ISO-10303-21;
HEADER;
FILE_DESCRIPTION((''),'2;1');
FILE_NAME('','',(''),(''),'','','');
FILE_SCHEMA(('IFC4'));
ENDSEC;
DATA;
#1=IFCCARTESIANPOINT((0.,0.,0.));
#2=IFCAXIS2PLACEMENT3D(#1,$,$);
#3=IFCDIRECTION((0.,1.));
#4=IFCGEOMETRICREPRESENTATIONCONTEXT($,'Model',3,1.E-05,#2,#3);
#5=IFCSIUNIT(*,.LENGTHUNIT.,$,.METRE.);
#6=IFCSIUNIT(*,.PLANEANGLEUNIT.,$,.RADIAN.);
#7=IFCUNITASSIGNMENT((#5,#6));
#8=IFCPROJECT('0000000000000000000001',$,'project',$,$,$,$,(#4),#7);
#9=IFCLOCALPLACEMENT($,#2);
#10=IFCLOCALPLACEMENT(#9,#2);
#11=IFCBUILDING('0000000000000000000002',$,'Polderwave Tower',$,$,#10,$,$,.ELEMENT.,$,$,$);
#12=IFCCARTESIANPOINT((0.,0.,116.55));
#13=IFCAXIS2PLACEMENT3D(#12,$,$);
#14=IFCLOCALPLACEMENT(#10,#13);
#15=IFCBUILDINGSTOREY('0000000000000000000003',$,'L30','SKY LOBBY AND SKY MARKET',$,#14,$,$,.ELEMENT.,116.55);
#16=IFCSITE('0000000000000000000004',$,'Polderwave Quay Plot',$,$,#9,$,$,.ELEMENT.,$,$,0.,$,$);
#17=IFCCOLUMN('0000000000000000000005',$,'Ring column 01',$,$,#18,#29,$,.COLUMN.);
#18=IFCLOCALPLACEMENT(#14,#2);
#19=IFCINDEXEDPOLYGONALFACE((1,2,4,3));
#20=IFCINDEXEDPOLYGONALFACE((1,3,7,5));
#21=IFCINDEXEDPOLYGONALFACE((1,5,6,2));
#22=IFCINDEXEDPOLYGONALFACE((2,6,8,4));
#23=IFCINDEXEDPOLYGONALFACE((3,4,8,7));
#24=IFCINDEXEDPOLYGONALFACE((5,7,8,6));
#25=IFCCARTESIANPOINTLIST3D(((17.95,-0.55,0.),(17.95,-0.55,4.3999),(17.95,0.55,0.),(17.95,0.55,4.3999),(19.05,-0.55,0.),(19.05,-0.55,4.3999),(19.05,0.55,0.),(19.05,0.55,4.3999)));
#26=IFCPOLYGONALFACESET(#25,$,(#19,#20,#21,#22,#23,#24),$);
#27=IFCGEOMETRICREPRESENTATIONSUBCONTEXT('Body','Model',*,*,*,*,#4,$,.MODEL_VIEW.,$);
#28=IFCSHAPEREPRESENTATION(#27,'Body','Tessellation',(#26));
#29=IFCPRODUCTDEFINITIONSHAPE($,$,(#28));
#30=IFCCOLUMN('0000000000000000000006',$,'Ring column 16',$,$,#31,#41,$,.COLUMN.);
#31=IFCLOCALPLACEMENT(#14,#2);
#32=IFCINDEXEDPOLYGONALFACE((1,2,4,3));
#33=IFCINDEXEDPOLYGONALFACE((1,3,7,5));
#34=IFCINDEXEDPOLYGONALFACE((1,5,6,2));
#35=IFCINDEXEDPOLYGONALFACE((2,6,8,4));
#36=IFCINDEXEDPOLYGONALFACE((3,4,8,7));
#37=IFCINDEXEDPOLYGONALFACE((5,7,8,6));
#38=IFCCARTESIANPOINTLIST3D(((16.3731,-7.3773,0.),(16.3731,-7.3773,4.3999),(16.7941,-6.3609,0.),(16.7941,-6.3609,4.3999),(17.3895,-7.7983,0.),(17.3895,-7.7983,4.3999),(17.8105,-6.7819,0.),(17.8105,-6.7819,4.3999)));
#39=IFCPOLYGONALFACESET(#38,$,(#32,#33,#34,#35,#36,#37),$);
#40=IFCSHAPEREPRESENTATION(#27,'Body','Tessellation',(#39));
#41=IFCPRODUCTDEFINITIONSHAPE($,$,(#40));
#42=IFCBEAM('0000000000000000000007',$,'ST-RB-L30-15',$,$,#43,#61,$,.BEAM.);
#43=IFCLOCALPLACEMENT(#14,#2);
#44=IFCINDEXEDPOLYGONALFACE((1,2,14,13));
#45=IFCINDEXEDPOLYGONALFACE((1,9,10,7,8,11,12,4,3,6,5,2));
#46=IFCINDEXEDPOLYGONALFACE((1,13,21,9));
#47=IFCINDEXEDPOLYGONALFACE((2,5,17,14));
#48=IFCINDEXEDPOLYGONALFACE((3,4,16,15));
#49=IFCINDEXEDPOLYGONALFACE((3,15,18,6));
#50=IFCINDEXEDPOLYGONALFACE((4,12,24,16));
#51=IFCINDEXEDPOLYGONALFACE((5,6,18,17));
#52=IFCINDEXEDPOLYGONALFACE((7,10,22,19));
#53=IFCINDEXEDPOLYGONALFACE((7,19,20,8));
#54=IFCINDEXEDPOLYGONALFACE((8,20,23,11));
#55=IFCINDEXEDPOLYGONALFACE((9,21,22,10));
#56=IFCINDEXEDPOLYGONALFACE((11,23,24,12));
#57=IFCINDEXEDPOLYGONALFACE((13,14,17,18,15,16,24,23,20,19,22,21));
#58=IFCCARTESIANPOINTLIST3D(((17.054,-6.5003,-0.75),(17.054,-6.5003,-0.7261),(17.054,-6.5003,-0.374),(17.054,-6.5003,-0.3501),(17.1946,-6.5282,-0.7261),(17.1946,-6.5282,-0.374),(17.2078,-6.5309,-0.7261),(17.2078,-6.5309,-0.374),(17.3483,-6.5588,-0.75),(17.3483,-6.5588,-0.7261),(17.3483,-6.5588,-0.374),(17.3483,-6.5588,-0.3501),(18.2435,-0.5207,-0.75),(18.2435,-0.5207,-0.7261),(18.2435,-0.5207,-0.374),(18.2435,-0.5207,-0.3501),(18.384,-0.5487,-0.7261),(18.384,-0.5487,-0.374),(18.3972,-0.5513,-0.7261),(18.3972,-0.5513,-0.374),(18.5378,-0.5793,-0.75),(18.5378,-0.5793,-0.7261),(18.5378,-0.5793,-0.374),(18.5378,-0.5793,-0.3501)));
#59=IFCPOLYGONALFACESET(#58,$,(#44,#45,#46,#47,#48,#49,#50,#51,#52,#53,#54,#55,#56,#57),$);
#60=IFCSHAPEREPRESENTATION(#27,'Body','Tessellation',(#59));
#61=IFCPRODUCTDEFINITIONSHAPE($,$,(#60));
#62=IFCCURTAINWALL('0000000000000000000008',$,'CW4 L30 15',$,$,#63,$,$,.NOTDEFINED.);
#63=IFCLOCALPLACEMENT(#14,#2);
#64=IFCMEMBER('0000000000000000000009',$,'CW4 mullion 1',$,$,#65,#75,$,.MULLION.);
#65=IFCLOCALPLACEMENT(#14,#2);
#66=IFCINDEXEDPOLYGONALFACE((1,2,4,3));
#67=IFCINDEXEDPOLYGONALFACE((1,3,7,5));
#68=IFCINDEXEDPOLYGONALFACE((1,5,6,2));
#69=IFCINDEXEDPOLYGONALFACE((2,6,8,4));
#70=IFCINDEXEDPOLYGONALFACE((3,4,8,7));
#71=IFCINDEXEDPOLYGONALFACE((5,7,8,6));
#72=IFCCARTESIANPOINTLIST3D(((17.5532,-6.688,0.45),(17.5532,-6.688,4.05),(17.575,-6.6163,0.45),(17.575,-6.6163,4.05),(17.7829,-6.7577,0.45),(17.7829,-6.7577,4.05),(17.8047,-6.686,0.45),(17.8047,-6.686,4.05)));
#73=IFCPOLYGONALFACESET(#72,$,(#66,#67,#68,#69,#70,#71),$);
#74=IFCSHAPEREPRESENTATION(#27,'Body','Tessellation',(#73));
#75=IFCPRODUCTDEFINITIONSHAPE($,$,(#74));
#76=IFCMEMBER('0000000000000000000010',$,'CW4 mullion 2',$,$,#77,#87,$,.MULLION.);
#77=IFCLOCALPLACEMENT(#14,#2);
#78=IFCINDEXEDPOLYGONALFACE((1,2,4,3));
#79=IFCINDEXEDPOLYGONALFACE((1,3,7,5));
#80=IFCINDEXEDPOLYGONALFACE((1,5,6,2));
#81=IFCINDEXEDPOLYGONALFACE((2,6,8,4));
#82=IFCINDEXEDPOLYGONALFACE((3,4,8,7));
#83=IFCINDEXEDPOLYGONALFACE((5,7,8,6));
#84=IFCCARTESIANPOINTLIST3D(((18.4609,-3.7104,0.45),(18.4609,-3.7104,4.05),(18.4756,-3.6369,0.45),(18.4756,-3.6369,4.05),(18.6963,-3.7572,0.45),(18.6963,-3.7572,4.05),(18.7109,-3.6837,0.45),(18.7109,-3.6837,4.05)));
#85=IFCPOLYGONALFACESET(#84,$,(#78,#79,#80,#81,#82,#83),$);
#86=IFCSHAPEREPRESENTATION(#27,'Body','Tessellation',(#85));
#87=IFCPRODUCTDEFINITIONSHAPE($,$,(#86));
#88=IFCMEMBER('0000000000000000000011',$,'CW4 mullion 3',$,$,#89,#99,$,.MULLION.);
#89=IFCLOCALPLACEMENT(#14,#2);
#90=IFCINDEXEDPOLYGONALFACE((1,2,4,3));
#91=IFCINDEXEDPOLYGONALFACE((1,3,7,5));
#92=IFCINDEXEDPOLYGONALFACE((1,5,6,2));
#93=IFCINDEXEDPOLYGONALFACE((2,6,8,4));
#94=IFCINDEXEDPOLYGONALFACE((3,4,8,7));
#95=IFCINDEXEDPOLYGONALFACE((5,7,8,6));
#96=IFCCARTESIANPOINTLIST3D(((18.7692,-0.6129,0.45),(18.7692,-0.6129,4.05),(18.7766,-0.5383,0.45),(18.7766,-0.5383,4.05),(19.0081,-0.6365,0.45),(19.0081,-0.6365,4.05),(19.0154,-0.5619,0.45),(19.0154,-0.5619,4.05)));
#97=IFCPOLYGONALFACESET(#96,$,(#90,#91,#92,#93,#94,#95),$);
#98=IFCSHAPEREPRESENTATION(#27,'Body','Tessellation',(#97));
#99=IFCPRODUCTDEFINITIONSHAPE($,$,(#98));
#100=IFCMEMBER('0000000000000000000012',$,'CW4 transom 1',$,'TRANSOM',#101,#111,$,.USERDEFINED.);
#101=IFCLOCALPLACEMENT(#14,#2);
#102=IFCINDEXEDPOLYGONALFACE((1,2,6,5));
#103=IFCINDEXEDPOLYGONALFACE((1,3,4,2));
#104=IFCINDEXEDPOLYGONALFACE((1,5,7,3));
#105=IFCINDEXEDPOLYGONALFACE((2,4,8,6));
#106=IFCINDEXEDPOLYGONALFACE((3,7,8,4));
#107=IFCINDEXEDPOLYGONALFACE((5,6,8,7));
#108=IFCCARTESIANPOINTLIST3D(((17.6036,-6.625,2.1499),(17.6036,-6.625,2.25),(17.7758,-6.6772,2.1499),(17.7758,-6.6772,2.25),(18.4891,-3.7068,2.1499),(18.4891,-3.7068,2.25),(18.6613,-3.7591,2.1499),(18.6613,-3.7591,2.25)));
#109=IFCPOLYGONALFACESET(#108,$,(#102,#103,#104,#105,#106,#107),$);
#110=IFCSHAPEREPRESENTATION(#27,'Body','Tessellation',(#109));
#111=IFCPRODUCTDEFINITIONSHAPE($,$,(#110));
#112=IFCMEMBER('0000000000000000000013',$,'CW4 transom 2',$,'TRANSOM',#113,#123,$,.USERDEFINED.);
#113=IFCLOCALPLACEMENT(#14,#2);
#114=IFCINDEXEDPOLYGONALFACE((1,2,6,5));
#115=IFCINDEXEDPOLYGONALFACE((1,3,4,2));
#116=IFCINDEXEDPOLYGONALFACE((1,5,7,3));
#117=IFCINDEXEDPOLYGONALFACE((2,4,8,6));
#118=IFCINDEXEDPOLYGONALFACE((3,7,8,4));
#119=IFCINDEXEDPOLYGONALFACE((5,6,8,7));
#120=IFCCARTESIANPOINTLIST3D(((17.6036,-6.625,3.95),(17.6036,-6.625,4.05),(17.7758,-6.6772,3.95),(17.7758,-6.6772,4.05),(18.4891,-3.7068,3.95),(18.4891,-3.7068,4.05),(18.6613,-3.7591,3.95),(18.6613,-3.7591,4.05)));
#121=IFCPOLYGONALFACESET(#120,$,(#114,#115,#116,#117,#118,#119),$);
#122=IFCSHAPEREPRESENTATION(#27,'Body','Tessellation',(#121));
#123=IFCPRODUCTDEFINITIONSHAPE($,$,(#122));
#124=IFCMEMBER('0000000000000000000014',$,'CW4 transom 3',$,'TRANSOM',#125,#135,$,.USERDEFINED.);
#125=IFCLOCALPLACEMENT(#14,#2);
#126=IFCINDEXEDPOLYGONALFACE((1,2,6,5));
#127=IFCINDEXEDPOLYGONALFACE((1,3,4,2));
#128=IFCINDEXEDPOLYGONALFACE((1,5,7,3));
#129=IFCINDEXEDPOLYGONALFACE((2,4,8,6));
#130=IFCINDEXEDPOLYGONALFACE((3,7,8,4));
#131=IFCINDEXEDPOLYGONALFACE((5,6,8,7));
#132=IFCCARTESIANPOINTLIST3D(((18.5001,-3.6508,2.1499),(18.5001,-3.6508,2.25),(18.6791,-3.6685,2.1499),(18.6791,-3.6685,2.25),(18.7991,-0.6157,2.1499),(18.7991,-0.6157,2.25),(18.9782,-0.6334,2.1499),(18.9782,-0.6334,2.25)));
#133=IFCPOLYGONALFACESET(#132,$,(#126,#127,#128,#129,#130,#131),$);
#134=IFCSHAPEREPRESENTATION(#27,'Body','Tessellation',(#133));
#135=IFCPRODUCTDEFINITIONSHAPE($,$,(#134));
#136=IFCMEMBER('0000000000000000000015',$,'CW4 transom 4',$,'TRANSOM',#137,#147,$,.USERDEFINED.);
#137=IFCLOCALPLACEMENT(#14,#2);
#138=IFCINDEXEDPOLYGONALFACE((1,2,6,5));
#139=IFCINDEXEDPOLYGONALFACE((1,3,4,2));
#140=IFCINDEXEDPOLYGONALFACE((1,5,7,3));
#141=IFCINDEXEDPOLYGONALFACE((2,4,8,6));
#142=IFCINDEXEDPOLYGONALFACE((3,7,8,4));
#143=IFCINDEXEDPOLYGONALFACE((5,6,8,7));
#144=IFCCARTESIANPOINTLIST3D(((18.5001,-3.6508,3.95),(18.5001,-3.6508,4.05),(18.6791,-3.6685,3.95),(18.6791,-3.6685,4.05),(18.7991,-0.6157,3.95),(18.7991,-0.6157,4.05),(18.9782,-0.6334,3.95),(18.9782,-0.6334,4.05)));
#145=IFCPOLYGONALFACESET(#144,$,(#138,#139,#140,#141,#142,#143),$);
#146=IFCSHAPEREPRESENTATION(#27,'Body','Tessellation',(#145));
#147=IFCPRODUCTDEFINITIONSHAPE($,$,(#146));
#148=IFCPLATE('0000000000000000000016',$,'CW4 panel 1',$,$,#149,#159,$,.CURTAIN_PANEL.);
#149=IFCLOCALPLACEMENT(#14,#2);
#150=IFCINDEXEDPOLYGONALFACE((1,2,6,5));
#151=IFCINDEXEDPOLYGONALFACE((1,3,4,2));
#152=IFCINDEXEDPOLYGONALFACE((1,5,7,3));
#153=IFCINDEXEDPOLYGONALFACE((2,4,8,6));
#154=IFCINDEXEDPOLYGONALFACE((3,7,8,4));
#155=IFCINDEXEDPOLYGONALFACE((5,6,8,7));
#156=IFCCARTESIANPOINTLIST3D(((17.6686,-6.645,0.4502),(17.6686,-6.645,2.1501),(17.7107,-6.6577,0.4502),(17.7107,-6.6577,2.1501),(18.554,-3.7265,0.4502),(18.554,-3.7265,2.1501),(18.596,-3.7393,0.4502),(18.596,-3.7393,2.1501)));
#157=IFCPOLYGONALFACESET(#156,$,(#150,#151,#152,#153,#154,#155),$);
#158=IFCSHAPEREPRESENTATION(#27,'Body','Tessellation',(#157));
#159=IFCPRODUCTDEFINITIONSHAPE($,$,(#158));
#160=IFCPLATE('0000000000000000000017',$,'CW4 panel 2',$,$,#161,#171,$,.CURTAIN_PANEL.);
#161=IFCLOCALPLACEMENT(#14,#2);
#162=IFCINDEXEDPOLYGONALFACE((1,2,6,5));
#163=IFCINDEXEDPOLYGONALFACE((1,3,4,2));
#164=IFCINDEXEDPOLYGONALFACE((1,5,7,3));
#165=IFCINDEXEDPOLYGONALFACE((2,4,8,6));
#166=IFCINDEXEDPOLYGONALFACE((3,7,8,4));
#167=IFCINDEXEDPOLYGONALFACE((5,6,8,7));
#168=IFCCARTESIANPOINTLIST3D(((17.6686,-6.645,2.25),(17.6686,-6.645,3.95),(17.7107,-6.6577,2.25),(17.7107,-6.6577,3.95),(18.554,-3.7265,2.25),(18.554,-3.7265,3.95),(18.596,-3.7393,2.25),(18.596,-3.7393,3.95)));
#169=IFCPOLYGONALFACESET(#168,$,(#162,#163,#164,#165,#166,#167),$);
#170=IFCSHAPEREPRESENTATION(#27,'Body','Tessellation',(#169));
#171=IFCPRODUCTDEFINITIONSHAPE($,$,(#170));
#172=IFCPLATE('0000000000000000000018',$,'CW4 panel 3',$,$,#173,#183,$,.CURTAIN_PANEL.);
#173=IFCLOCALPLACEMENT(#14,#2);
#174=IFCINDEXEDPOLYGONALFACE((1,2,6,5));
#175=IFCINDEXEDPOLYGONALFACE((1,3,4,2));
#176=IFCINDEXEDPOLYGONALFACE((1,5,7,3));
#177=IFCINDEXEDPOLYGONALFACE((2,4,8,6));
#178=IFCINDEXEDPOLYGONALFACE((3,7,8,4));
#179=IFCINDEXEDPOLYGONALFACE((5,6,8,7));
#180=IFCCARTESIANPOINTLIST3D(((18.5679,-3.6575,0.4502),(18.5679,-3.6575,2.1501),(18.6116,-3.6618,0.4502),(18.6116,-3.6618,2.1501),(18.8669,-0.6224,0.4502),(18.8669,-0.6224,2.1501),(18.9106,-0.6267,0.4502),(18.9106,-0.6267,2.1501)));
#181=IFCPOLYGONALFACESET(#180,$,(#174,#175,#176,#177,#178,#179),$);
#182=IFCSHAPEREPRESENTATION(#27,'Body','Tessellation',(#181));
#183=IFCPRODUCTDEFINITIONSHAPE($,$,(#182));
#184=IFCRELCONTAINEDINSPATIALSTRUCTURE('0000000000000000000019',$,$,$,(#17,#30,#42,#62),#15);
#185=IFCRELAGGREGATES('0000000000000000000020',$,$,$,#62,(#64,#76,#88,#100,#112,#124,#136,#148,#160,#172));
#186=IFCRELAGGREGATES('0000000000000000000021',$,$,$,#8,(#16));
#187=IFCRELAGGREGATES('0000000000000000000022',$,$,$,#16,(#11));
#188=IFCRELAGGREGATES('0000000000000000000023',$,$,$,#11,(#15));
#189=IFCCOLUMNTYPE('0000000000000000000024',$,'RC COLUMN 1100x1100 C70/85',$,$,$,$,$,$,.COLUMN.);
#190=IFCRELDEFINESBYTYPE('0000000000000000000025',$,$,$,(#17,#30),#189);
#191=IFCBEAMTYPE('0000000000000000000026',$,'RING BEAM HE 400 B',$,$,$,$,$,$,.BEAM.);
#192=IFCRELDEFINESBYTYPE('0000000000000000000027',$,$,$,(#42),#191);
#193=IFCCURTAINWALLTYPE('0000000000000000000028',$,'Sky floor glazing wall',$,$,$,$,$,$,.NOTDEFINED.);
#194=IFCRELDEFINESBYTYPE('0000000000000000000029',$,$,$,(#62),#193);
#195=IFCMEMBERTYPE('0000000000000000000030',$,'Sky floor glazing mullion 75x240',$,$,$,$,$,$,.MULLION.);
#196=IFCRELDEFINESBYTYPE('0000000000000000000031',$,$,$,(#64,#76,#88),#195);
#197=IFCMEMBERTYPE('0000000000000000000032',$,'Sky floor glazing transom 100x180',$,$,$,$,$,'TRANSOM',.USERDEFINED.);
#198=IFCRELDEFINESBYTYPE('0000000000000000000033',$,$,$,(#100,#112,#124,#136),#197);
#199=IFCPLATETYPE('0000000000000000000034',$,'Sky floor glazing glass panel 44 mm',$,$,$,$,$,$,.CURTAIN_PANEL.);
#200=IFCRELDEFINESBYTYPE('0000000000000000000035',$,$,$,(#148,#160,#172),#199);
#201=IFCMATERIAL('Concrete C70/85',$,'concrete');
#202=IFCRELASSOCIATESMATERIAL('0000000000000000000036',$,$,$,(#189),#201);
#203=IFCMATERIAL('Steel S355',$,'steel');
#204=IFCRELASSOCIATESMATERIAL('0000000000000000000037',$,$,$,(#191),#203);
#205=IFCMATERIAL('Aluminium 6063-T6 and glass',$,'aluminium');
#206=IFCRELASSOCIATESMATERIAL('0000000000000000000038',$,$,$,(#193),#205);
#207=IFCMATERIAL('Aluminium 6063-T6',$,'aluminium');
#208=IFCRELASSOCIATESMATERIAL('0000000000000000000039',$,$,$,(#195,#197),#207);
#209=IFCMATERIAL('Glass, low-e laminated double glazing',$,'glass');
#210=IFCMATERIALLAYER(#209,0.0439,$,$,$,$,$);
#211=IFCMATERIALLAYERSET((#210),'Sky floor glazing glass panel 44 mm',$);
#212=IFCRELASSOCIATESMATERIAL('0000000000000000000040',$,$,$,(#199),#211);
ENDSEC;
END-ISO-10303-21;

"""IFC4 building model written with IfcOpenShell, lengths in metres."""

from ifc_helpers import new_model, si_unit, direction, frame, origin, origin_2d, place, context, subcontext, project, spatial, rectangle, i_section, extrude, material, layer, layer_set, material_profile, profile_set, type_object, element, aggregate, save


model = new_model("IFC4")

# Units and contexts
model_context = context("Model", 3, precision=1e-05, world=origin(), true_north=direction((0.0, 1.0)))
body_context = subcontext(model_context, "Body", "Model", "MODEL_VIEW")
ifc_project = project(units=[si_unit("LENGTHUNIT", "METRE"), si_unit("PLANEANGLEUNIT", "RADIAN")], contexts=[model_context])

# Site, building, storey
site_placement = place(None, origin())
site = spatial("IfcSite", under=ifc_project, at=site_placement, Name="Polderwave Quay Plot", CompositionType="ELEMENT", RefElevation=0.0)
building_placement = place(site_placement, origin())
building = spatial("IfcBuilding", under=site, at=building_placement, Name="Polderwave Tower", CompositionType="ELEMENT")
storey_placement = place(building_placement, frame((0.0, 0.0, 116.55)))
storey = spatial("IfcBuildingStorey", under=building, at=storey_placement, Name="L30", Description="SKY LOBBY AND SKY MARKET", CompositionType="ELEMENT", Elevation=116.55)

# Columns
ifc_material_1 = material(Name="Concrete C70/85", Category="concrete")
ifc_material_profile_1 = material_profile(ifc_material_1, rectangle(XDim=1.1001, YDim=1.1001, at=origin_2d()), Name="RC 1100x1100")
ifc_profile_set_1 = profile_set([ifc_material_profile_1], Name="Concrete C70/85")
column_type = type_object("IfcColumnType", Name="RC COLUMN 1100x1100 C70/85", PredefinedType="COLUMN", material=ifc_profile_set_1)
for number, where, z_axis, x_axis, name in (
    (1, (18.5, 0.0, 0.0), (0.0, 0.0, 1.0), (1.0, 0.0, 0.0), "Ring column 01"),
    (2, (17.0918, -7.0796, 0.0), (0.0, 0.0, 1.0), (0.92388, -0.382683, 0.0), "Ring column 16"),
):
    element("IfcColumn", number, at=place(storey_placement, frame(where, z_axis=z_axis, x_axis=x_axis)), inside=storey, type_object=column_type, Name=name, PredefinedType="COLUMN", context=body_context, shape_type="SweptSolid", body=[
        extrude(rectangle(XDim=1.1001, YDim=1.1001, at=origin_2d()), origin(), (0.0, 0.0, 1.0), 4.3999),
    ])

# Beam
ifc_material_2 = material(Name="Steel S355", Category="steel")
ifc_material_profile_2 = material_profile(ifc_material_2, i_section(OverallWidth=0.3, OverallDepth=0.3999, WebThickness=0.0134, FlangeThickness=0.0239, at=origin_2d()), Name="HE 400 B")
ifc_profile_set_2 = profile_set([ifc_material_profile_2], Name="Steel S355")
beam_type = type_object("IfcBeamType", Name="RING BEAM HE 400 B", PredefinedType="BEAM", material=ifc_profile_set_2)
beam_placement = place(storey_placement, frame((17.2012, -6.5295, -0.55), z_axis=(0.1951, 0.980783, 0.0), x_axis=(-0.980783, 0.1951, 0.0)))
element("IfcBeam", 3, at=beam_placement, inside=storey, type_object=beam_type, Name="ST-RB-L30-15", PredefinedType="BEAM", context=body_context, shape_type="SweptSolid", body=[
    extrude(i_section(OverallWidth=0.3, OverallDepth=0.3999, WebThickness=0.0134, FlangeThickness=0.0239, at=origin_2d()), origin(), (0.0, 0.0, 1.0), 6.0967),
])

# Curtain wall, members, plates
ifc_material_3 = material(Name="Aluminium 6063-T6 and glass", Category="aluminium")
curtain_wall_type = type_object("IfcCurtainWallType", Name="Sky floor glazing wall", PredefinedType="NOTDEFINED", material=ifc_material_3)
curtain_wall_placement = place(storey_placement, origin())
curtain_wall = element("IfcCurtainWall", 4, at=curtain_wall_placement, inside=storey, type_object=curtain_wall_type, Name="CW4 L30 15", PredefinedType="NOTDEFINED")
ifc_material_4 = material(Name="Aluminium 6063-T6", Category="aluminium")
ifc_material_profile_3 = material_profile(ifc_material_4, rectangle(XDim=0.24, YDim=0.075, at=origin_2d()), Name="AL 75x240")
ifc_profile_set_3 = profile_set([ifc_material_profile_3], Name="Aluminium 6063-T6")
member_type_1 = type_object("IfcMemberType", Name="Sky floor glazing mullion 75x240", PredefinedType="MULLION", material=ifc_profile_set_3)
member_1_placement = place(storey_placement, frame((17.679, -6.687, 0.45), z_axis=(0.0, 0.0, 1.0), x_axis=(-0.956934, 0.290306, 0.0)))
member_1 = element("IfcMember", 5, at=member_1_placement, type_object=member_type_1, Name="CW4 mullion 1", PredefinedType="MULLION", context=body_context, shape_type="SweptSolid", body=[
    extrude(rectangle(XDim=0.24, YDim=0.075, at=origin_2d()), origin(), (0.0, 0.0, 1.0), 3.6001),
])
member_2_placement = place(storey_placement, frame((18.5859, -3.697, 0.45), z_axis=(0.0, 0.0, 1.0), x_axis=(-0.980782, 0.195109, 0.0)))
member_2 = element("IfcMember", 6, at=member_2_placement, type_object=member_type_1, Name="CW4 mullion 2", PredefinedType="MULLION", context=body_context, shape_type="SweptSolid", body=[
    extrude(rectangle(XDim=0.24, YDim=0.075, at=origin_2d()), origin(), (0.0, 0.0, 1.0), 3.6001),
])
member_3_placement = place(storey_placement, frame((18.8923, -0.5874, 0.45), z_axis=(0.0, 0.0, 1.0), x_axis=(-0.995183, 0.098033, 0.0)))
member_3 = element("IfcMember", 7, at=member_3_placement, type_object=member_type_1, Name="CW4 mullion 3", PredefinedType="MULLION", context=body_context, shape_type="SweptSolid", body=[
    extrude(rectangle(XDim=0.24, YDim=0.075, at=origin_2d()), origin(), (0.0, 0.0, 1.0), 3.6001),
])
ifc_material_profile_4 = material_profile(ifc_material_4, rectangle(XDim=0.1799, YDim=0.1001, at=origin_2d()), Name="AL 100x180")
ifc_profile_set_4 = profile_set([ifc_material_profile_4], Name="Aluminium 6063-T6")
member_type_2 = type_object("IfcMemberType", Name="Sky floor glazing transom 100x180", ElementType="TRANSOM", PredefinedType="USERDEFINED", material=ifc_profile_set_4)
member_4_placement = place(storey_placement, frame((17.6897, -6.6511, 2.2), z_axis=(0.290365, 0.956916, 0.0), x_axis=(-0.956916, 0.290365, 0.0)))
member_4 = element("IfcMember", 8, at=member_4_placement, type_object=member_type_2, Name="CW4 transom 1", ObjectType="TRANSOM", PredefinedType="USERDEFINED", context=body_context, shape_type="SweptSolid", body=[
    extrude(rectangle(XDim=0.1799, YDim=0.1001, at=origin_2d()), origin(), (0.0, 0.0, 1.0), 3.0496),
])
member_5_placement = place(storey_placement, frame((17.6897, -6.6511, 4.0), z_axis=(0.290365, 0.956916, 0.0), x_axis=(-0.956916, 0.290365, 0.0)))
member_5 = element("IfcMember", 9, at=member_5_placement, type_object=member_type_2, Name="CW4 transom 2", ObjectType="TRANSOM", PredefinedType="USERDEFINED", context=body_context, shape_type="SweptSolid", body=[
    extrude(rectangle(XDim=0.1799, YDim=0.1001, at=origin_2d()), origin(), (0.0, 0.0, 1.0), 3.0496),
])
member_6_placement = place(storey_placement, frame((18.5896, -3.6597, 2.2), z_axis=(0.098061, 0.99518, 0.0), x_axis=(-0.99518, 0.098061, 0.0)))
member_6 = element("IfcMember", 10, at=member_6_placement, type_object=member_type_2, Name="CW4 transom 3", ObjectType="TRANSOM", PredefinedType="USERDEFINED", context=body_context, shape_type="SweptSolid", body=[
    extrude(rectangle(XDim=0.1799, YDim=0.1001, at=origin_2d()), origin(), (0.0, 0.0, 1.0), 3.0498),
])
member_7_placement = place(storey_placement, frame((18.5896, -3.6597, 4.0), z_axis=(0.098061, 0.99518, 0.0), x_axis=(-0.99518, 0.098061, 0.0)))
member_7 = element("IfcMember", 11, at=member_7_placement, type_object=member_type_2, Name="CW4 transom 4", ObjectType="TRANSOM", PredefinedType="USERDEFINED", context=body_context, shape_type="SweptSolid", body=[
    extrude(rectangle(XDim=0.1799, YDim=0.1001, at=origin_2d()), origin(), (0.0, 0.0, 1.0), 3.0498),
])
ifc_material_5 = material(Name="Glass, low-e laminated double glazing", Category="glass")
ifc_layer_1 = layer(ifc_material_5, 0.0439)
ifc_layer_set_1 = layer_set([ifc_layer_1], Name="Sky floor glazing glass panel 44 mm")
plate_type = type_object("IfcPlateType", Name="Sky floor glazing glass panel 44 mm", PredefinedType="CURTAIN_PANEL", material=ifc_layer_set_1)
plate_1_placement = place(storey_placement, frame((18.1323, -5.1921, 0.4502), z_axis=(0.0, 0.0, 1.0), x_axis=(0.290306, 0.956934, 0.0)))
plate_1 = element("IfcPlate", 12, at=plate_1_placement, type_object=plate_type, Name="CW4 panel 1", PredefinedType="CURTAIN_PANEL", context=body_context, shape_type="SweptSolid", body=[
    extrude(rectangle(XDim=3.0498, YDim=0.0439, at=origin_2d()), origin(), (0.0, 0.0, 1.0), 1.7),
])
plate_2_placement = place(storey_placement, frame((18.1323, -5.1921, 2.25), z_axis=(0.0, 0.0, 1.0), x_axis=(0.290306, 0.956934, 0.0)))
plate_2 = element("IfcPlate", 13, at=plate_2_placement, type_object=plate_type, Name="CW4 panel 2", PredefinedType="CURTAIN_PANEL", context=body_context, shape_type="SweptSolid", body=[
    extrude(rectangle(XDim=3.0498, YDim=0.0439, at=origin_2d()), origin(), (0.0, 0.0, 1.0), 1.7),
])
plate_3_placement = place(storey_placement, frame((18.7393, -2.1421, 0.4502), z_axis=(0.0, 0.0, 1.0), x_axis=(0.098033, 0.995183, 0.0)))
plate_3 = element("IfcPlate", 14, at=plate_3_placement, type_object=plate_type, Name="CW4 panel 3", PredefinedType="CURTAIN_PANEL", context=body_context, shape_type="SweptSolid", body=[
    extrude(rectangle(XDim=3.0498, YDim=0.0439, at=origin_2d()), origin(), (0.0, 0.0, 1.0), 1.7),
])
aggregate(curtain_wall, [member_1, member_2, member_3, member_4, member_5, member_6, member_7, plate_1, plate_2, plate_3])

save(model, "model.ifc")
